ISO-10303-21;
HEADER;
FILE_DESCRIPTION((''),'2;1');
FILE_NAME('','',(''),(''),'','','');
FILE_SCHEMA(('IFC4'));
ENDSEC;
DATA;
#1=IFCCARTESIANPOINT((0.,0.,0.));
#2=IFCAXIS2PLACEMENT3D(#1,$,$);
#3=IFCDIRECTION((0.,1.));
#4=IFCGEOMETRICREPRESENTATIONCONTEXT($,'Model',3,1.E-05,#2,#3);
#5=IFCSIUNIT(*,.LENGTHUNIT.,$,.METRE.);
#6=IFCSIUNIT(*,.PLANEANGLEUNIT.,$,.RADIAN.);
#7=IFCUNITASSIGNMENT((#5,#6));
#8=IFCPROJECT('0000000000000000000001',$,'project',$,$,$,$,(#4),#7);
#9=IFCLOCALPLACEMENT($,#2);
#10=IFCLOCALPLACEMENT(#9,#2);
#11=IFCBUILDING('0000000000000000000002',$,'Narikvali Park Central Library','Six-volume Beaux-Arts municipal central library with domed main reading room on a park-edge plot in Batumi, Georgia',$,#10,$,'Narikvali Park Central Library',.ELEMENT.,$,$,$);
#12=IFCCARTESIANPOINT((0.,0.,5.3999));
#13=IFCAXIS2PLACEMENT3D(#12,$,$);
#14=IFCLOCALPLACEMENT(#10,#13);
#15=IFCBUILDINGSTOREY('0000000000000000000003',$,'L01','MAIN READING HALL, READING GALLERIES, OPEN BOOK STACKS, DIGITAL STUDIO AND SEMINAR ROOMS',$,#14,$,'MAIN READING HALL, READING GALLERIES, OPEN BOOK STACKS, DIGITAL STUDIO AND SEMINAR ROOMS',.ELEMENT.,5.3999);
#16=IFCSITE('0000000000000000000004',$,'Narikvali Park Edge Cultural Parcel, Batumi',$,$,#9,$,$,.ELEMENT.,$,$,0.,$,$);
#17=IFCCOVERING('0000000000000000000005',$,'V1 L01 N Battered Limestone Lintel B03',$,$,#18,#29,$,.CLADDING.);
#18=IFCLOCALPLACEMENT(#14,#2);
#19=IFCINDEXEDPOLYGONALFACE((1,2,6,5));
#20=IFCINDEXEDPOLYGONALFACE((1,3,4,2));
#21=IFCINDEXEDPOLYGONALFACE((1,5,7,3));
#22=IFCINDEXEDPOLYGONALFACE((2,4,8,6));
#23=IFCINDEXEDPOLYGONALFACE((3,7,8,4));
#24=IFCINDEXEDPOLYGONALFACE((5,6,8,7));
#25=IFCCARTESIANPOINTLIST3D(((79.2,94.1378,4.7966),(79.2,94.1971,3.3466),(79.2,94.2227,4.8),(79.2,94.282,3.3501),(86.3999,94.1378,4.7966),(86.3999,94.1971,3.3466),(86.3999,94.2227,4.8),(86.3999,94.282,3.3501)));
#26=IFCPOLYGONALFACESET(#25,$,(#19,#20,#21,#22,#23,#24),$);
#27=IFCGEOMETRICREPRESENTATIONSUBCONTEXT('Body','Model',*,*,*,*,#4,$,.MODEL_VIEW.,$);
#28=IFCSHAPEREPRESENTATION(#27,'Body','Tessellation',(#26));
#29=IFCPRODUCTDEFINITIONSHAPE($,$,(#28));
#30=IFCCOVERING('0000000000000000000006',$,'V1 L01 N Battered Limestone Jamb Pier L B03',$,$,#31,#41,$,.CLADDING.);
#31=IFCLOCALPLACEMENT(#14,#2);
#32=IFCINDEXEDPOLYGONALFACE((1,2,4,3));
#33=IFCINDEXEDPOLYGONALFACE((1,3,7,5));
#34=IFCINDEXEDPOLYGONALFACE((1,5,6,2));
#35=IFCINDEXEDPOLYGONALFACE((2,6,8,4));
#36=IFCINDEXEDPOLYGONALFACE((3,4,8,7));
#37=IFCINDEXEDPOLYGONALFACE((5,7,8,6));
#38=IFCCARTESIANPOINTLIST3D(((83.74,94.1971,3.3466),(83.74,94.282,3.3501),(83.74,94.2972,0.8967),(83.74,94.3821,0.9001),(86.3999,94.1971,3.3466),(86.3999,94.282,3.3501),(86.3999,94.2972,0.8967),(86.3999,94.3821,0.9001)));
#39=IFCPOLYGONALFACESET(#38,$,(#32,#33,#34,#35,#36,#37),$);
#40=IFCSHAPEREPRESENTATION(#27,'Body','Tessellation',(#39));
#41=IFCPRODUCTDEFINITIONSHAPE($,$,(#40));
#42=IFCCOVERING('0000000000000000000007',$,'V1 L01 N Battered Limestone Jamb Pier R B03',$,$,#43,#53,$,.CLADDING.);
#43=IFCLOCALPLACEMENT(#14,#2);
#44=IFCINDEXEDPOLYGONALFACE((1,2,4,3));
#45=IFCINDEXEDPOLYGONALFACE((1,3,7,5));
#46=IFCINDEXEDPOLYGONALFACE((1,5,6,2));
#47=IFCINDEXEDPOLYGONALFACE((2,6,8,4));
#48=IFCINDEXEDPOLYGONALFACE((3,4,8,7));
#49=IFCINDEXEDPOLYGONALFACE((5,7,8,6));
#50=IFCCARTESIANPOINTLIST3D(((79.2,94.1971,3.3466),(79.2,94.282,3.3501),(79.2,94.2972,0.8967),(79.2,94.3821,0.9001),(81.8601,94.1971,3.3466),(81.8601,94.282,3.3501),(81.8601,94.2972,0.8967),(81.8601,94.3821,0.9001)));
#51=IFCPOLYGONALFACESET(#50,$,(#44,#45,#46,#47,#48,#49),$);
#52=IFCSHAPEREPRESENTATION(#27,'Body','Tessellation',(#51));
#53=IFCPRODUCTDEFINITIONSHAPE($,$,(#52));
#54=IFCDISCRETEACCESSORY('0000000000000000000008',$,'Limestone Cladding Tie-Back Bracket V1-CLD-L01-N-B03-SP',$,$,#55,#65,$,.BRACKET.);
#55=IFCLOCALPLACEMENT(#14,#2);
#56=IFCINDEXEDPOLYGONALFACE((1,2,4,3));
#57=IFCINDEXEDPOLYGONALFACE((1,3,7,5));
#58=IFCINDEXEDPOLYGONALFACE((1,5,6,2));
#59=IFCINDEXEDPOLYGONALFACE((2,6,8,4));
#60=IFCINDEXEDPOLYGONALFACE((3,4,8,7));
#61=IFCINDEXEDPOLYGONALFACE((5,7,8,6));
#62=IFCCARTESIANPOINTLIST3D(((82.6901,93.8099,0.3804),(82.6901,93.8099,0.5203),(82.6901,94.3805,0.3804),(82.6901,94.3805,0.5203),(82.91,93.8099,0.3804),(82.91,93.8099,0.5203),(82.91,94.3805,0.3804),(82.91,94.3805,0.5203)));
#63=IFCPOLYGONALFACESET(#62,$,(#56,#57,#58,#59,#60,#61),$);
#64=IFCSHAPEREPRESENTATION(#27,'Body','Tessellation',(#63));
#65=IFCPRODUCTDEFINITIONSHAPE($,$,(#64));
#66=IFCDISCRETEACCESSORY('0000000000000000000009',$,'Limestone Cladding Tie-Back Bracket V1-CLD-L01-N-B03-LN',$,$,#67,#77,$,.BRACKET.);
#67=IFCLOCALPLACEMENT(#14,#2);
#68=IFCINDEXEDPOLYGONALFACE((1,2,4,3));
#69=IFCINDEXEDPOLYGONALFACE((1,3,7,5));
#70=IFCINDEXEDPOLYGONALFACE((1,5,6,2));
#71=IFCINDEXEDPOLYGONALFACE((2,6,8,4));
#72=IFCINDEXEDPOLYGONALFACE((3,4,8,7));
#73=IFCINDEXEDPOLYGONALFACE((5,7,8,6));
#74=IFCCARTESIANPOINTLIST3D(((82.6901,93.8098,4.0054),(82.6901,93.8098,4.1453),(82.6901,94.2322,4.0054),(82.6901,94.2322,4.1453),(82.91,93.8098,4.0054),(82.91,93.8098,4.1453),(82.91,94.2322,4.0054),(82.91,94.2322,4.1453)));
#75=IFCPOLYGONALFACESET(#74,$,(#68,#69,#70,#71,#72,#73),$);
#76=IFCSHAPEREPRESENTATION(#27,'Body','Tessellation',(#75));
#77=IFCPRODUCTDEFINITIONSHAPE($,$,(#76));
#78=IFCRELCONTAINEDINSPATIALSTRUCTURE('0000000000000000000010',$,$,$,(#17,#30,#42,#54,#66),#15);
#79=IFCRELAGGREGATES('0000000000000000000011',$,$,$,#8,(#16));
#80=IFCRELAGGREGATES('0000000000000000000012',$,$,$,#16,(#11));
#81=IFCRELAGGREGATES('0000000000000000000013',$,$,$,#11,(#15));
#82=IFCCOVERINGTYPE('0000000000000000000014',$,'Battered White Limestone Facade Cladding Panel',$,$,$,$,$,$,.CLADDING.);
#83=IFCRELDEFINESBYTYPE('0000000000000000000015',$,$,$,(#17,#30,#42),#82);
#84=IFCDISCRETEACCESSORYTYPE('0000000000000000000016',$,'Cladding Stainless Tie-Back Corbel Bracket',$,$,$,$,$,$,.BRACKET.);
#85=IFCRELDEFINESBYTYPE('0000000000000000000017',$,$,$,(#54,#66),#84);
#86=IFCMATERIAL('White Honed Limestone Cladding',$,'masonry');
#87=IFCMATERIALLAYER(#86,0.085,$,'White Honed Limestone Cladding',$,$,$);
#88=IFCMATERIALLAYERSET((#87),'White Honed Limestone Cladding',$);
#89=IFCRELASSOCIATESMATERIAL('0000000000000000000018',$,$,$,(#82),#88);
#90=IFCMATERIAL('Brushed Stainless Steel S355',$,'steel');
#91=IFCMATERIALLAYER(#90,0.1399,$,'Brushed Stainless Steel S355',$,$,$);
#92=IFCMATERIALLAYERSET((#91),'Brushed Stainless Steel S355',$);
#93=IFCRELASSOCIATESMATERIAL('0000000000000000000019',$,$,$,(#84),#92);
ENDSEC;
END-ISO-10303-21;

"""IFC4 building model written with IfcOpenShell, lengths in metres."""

from ifc_helpers import new_model, si_unit, direction, frame, origin, origin_2d, place, context, subcontext, project, spatial, polyline, rectangle, outline, extrude, material, layer, layer_set, type_object, element, save


model = new_model("IFC4")

# Units and contexts
model_context = context("Model", 3, precision=1e-05, world=origin(), true_north=direction((0.0, 1.0)))
body_context = subcontext(model_context, "Body", "Model", "MODEL_VIEW")
ifc_project = project(units=[si_unit("LENGTHUNIT", "METRE"), si_unit("PLANEANGLEUNIT", "RADIAN")], contexts=[model_context])

# Site, building, storey
site_placement = place(None, origin())
site = spatial("IfcSite", under=ifc_project, at=site_placement, Name="Narikvali Park Edge Cultural Parcel, Batumi", CompositionType="ELEMENT", RefElevation=0.0)
building_placement = place(site_placement, origin())
building = spatial("IfcBuilding", under=site, at=building_placement, Name="Narikvali Park Central Library", Description="Six-volume Beaux-Arts municipal central library with domed main reading room on a park-edge plot in Batumi, Georgia", LongName="Narikvali Park Central Library", CompositionType="ELEMENT")
storey_placement = place(building_placement, frame((0.0, 0.0, 5.3999)))
storey = spatial("IfcBuildingStorey", under=building, at=storey_placement, Name="L01", Description="MAIN READING HALL, READING GALLERIES, OPEN BOOK STACKS, DIGITAL STUDIO AND SEMINAR ROOMS", LongName="MAIN READING HALL, READING GALLERIES, OPEN BOOK STACKS, DIGITAL STUDIO AND SEMINAR ROOMS", CompositionType="ELEMENT", Elevation=5.3999)

# Coverings
ifc_material_1 = material(Name="White Honed Limestone Cladding", Category="masonry")
ifc_layer_1 = layer(ifc_material_1, 0.085, Name="White Honed Limestone Cladding")
ifc_layer_set_1 = layer_set([ifc_layer_1], Name="White Honed Limestone Cladding")
covering_type = type_object("IfcCoveringType", Name="Battered White Limestone Facade Cladding Panel", PredefinedType="CLADDING", material=ifc_layer_set_1)
covering_1_placement = place(storey_placement, frame((86.3999, 94.282, 3.3501), z_axis=(0.0, 0.999164, 0.040882), x_axis=(-1.0, 0.0, 0.0)))
element("IfcCovering", 1, at=covering_1_placement, inside=storey, type_object=covering_type, Name="V1 L01 N Battered Limestone Lintel B03", PredefinedType="CLADDING", context=body_context, shape_type="SweptSolid", body=[
    extrude(outline(polyline([(0.0, 0.0), (7.2, 0.0), (7.2, 1.4512), (0.0, 1.4512), (0.0, 0.0)])), origin(), (0.0, 0.0, -1.0), 0.085),
])
covering_2_placement = place(storey_placement, frame((86.3999, 94.3821, 0.9001), z_axis=(0.0, 0.999166, 0.040823), x_axis=(-1.0, 0.0, 0.0)))
element("IfcCovering", 2, at=covering_2_placement, inside=storey, type_object=covering_type, Name="V1 L01 N Battered Limestone Jamb Pier L B03", PredefinedType="CLADDING", context=body_context, shape_type="SweptSolid", body=[
    extrude(outline(polyline([(0.0, 0.0), (2.6599, 0.0), (2.6599, 2.452), (0.0, 2.452), (0.0, 0.0)])), origin(), (0.0, 0.0, -1.0), 0.085),
])
covering_3_placement = place(storey_placement, frame((81.8601, 94.3821, 0.9001), z_axis=(0.0, 0.999166, 0.040823), x_axis=(-1.0, 0.0, 0.0)))
element("IfcCovering", 3, at=covering_3_placement, inside=storey, type_object=covering_type, Name="V1 L01 N Battered Limestone Jamb Pier R B03", PredefinedType="CLADDING", context=body_context, shape_type="SweptSolid", body=[
    extrude(outline(polyline([(0.0, 0.0), (2.6602, 0.0), (2.6602, 2.452), (0.0, 2.452), (0.0, 0.0)])), origin(), (0.0, 0.0, -1.0), 0.085),
])

# Discrete accessories
ifc_material_2 = material(Name="Brushed Stainless Steel S355", Category="steel")
ifc_layer_2 = layer(ifc_material_2, 0.1399, Name="Brushed Stainless Steel S355")
ifc_layer_set_2 = layer_set([ifc_layer_2], Name="Brushed Stainless Steel S355")
discrete_accessory_type = type_object("IfcDiscreteAccessoryType", Name="Cladding Stainless Tie-Back Corbel Bracket", PredefinedType="BRACKET", material=ifc_layer_set_2)
discrete_accessory_1_placement = place(storey_placement, frame((82.8, 94.0952, 0.3804), z_axis=(0.0, 0.0, 1.0), x_axis=(1.0, 0.0, 0.0)))
element("IfcDiscreteAccessory", 4, at=discrete_accessory_1_placement, inside=storey, type_object=discrete_accessory_type, Name="Limestone Cladding Tie-Back Bracket V1-CLD-L01-N-B03-SP", PredefinedType="BRACKET", context=body_context, shape_type="SweptSolid", body=[
    extrude(rectangle(XDim=0.22, YDim=0.5706, at=origin_2d()), origin(), (0.0, 0.0, 1.0), 0.1399),
])
discrete_accessory_2_placement = place(storey_placement, frame((82.8, 94.021, 4.0054), z_axis=(0.0, 0.0, 1.0), x_axis=(1.0, 0.0, 0.0)))
element("IfcDiscreteAccessory", 5, at=discrete_accessory_2_placement, inside=storey, type_object=discrete_accessory_type, Name="Limestone Cladding Tie-Back Bracket V1-CLD-L01-N-B03-LN", PredefinedType="BRACKET", context=body_context, shape_type="SweptSolid", body=[
    extrude(rectangle(XDim=0.22, YDim=0.4224, at=origin_2d()), origin(), (0.0, 0.0, 1.0), 0.1399),
])

save(model, "model.ifc")
